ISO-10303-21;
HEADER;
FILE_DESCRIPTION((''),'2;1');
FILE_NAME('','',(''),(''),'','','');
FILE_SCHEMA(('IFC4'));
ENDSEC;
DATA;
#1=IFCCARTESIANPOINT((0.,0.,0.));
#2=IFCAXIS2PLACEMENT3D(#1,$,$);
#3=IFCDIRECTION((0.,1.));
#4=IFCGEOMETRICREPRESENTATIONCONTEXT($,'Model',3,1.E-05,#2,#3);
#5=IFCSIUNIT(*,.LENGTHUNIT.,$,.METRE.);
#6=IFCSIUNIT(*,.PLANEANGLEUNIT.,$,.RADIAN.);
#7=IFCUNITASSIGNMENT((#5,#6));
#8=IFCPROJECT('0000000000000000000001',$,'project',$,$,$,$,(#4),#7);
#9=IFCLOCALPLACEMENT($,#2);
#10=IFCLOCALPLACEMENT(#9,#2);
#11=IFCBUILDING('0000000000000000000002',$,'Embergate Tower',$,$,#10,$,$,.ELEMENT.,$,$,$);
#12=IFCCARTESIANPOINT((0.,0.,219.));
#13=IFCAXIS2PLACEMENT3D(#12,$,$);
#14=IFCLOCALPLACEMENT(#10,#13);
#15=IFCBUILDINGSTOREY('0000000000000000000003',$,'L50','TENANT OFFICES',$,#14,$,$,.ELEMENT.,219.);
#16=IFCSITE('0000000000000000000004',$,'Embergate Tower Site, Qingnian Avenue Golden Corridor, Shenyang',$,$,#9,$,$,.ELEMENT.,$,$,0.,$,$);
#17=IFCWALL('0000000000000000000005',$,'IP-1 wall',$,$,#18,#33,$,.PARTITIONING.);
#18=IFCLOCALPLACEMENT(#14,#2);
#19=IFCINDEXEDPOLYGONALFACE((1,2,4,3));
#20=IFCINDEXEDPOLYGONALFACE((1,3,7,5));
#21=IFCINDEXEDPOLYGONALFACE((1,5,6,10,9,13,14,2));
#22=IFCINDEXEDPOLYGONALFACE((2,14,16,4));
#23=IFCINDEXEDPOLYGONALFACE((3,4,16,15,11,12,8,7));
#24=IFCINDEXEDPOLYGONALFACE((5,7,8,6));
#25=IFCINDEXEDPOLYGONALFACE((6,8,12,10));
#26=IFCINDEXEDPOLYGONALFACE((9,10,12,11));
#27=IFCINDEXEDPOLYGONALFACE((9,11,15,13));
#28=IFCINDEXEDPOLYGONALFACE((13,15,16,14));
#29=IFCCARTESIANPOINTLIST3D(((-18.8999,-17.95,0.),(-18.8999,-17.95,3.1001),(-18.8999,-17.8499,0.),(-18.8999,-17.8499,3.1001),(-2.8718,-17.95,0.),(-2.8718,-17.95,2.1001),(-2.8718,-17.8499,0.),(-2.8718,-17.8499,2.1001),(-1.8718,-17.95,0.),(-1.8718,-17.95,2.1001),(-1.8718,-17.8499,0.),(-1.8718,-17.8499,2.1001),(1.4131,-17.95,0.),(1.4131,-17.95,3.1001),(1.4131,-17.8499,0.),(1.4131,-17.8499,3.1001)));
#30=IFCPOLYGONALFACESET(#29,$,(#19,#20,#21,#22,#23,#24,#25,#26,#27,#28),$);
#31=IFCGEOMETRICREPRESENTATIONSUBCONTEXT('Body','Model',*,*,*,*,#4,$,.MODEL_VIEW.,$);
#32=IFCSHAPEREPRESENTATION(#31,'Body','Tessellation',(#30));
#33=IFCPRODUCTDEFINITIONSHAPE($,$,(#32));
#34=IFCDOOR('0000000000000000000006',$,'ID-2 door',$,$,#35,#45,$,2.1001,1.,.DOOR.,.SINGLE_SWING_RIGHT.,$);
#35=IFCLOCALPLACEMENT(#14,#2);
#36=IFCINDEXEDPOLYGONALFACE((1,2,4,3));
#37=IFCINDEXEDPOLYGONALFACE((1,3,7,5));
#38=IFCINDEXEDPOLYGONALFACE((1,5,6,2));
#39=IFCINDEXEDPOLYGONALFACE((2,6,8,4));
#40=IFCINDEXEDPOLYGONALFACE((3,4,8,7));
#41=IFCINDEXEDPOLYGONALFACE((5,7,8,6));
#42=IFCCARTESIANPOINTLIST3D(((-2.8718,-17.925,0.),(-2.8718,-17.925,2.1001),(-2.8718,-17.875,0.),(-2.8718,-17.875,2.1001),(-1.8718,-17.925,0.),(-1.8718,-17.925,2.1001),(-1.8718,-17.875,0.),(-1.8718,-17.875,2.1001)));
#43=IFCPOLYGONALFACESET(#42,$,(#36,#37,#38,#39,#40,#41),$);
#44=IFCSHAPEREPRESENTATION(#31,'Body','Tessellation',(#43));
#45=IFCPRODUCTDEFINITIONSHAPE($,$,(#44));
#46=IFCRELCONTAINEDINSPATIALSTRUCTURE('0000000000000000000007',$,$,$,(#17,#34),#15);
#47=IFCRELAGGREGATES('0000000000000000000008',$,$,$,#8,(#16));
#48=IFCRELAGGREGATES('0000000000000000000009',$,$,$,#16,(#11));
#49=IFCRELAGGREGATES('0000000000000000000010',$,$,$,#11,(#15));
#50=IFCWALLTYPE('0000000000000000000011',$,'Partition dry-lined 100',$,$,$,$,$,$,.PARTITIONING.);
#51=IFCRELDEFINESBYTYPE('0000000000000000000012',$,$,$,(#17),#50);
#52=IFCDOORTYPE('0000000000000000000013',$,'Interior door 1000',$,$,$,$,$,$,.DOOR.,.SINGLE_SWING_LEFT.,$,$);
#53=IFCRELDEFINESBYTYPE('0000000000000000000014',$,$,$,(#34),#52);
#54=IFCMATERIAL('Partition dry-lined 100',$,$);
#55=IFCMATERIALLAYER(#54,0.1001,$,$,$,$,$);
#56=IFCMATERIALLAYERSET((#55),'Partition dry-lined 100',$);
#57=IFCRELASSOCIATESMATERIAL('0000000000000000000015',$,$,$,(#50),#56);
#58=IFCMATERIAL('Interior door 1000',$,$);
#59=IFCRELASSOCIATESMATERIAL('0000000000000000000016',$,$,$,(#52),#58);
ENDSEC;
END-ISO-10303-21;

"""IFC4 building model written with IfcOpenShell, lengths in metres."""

from ifc_helpers import new_model, si_unit, direction, frame, frame_2d, origin, place, context, subcontext, project, spatial, rectangle, extrude, source, transform, mapped, material, layer, layer_set, type_object, element, fill, save


model = new_model("IFC4")

# Units and contexts
model_context = context("Model", 3, precision=1e-05, world=origin(), true_north=direction((0.0, 1.0)))
body_context = subcontext(model_context, "Body", "Model", "MODEL_VIEW")
ifc_project = project(units=[si_unit("LENGTHUNIT", "METRE"), si_unit("PLANEANGLEUNIT", "RADIAN")], contexts=[model_context])

# Site, building, storey
site_placement = place(None, origin())
site = spatial("IfcSite", under=ifc_project, at=site_placement, Name="Embergate Tower Site, Qingnian Avenue Golden Corridor, Shenyang", CompositionType="ELEMENT", RefElevation=0.0)
building_placement = place(site_placement, origin())
building = spatial("IfcBuilding", under=site, at=building_placement, Name="Embergate Tower", CompositionType="ELEMENT")
storey_placement = place(building_placement, frame((0.0, 0.0, 219.0)))
storey = spatial("IfcBuildingStorey", under=building, at=storey_placement, Name="L50", Description="TENANT OFFICES", CompositionType="ELEMENT", Elevation=219.0)

# Wall, opening, door
ifc_material_1 = material(Name="Partition dry-lined 100")
ifc_layer_1 = layer(ifc_material_1, 0.1001)
ifc_layer_set_1 = layer_set([ifc_layer_1], Name="Partition dry-lined 100")
wall_type_1 = type_object("IfcWallType", Name="Partition dry-lined 100", PredefinedType="PARTITIONING", material=ifc_layer_set_1)
shared_shape_1 = source(origin(), body_context, "Body", "SweptSolid", [
    extrude(rectangle(XDim=20.313, YDim=0.1001, at=frame_2d((10.1565, 0.0))), origin(), (0.0, 0.0, 1.0), 3.1001),
])
wall_1_placement = place(storey_placement, frame((-18.8999, -17.8999, 0.0), z_axis=(0.0, 0.0, 1.0), x_axis=(1.0, 0.0, 0.0)))
wall_1 = element("IfcWall", 1, at=wall_1_placement, inside=storey, type_object=wall_type_1, Name="IP-1 wall", PredefinedType="PARTITIONING", context=body_context, shape_type="MappedRepresentation", body=[
    mapped(shared_shape_1, transform((0.0, 0.0, 0.0))),
])
shared_shape_2 = source(origin(), body_context, "Body", "SweptSolid", [
    extrude(rectangle(XDim=1.0, YDim=2.1001, at=frame_2d((0.5, 1.05))), frame((0.0, 0.0601, 0.0), z_axis=(0.0, -1.0, 0.0), x_axis=(1.0, 0.0, 0.0)), (0.0, 0.0, 1.0), 0.1201),
])
opening_1_placement = place(wall_1_placement, frame((16.0281, 0.0, 0.0)))
opening_1 = element("IfcOpeningElement", 2, at=opening_1_placement, cuts=wall_1, PredefinedType="OPENING", context=body_context, shape_type="MappedRepresentation", body=[
    mapped(shared_shape_2, transform((0.0, 0.0, 0.0))),
])
ifc_material_2 = material(Name="Interior door 1000")
door_type_1 = type_object("IfcDoorType", Name="Interior door 1000", OperationType="SINGLE_SWING_LEFT", PredefinedType="DOOR", material=ifc_material_2)
shared_shape_3 = source(origin(), body_context, "Body", "SweptSolid", [
    extrude(rectangle(XDim=1.0, YDim=2.1001, at=frame_2d((0.5, 1.05))), frame((0.0, 0.0249, 0.0), z_axis=(0.0, -1.0, 0.0), x_axis=(1.0, 0.0, 0.0)), (0.0, 0.0, 1.0), 0.05),
])
door_1_placement = place(opening_1_placement, origin())
door_1 = element("IfcDoor", 3, at=door_1_placement, inside=storey, type_object=door_type_1, Name="ID-2 door", OperationType="SINGLE_SWING_RIGHT", OverallHeight=2.1001, OverallWidth=1.0, PredefinedType="DOOR", context=body_context, shape_type="MappedRepresentation", body=[
    mapped(shared_shape_3, transform((0.0, 0.0, 0.0))),
])
fill(opening_1, door_1)

save(model, "model.ifc")
